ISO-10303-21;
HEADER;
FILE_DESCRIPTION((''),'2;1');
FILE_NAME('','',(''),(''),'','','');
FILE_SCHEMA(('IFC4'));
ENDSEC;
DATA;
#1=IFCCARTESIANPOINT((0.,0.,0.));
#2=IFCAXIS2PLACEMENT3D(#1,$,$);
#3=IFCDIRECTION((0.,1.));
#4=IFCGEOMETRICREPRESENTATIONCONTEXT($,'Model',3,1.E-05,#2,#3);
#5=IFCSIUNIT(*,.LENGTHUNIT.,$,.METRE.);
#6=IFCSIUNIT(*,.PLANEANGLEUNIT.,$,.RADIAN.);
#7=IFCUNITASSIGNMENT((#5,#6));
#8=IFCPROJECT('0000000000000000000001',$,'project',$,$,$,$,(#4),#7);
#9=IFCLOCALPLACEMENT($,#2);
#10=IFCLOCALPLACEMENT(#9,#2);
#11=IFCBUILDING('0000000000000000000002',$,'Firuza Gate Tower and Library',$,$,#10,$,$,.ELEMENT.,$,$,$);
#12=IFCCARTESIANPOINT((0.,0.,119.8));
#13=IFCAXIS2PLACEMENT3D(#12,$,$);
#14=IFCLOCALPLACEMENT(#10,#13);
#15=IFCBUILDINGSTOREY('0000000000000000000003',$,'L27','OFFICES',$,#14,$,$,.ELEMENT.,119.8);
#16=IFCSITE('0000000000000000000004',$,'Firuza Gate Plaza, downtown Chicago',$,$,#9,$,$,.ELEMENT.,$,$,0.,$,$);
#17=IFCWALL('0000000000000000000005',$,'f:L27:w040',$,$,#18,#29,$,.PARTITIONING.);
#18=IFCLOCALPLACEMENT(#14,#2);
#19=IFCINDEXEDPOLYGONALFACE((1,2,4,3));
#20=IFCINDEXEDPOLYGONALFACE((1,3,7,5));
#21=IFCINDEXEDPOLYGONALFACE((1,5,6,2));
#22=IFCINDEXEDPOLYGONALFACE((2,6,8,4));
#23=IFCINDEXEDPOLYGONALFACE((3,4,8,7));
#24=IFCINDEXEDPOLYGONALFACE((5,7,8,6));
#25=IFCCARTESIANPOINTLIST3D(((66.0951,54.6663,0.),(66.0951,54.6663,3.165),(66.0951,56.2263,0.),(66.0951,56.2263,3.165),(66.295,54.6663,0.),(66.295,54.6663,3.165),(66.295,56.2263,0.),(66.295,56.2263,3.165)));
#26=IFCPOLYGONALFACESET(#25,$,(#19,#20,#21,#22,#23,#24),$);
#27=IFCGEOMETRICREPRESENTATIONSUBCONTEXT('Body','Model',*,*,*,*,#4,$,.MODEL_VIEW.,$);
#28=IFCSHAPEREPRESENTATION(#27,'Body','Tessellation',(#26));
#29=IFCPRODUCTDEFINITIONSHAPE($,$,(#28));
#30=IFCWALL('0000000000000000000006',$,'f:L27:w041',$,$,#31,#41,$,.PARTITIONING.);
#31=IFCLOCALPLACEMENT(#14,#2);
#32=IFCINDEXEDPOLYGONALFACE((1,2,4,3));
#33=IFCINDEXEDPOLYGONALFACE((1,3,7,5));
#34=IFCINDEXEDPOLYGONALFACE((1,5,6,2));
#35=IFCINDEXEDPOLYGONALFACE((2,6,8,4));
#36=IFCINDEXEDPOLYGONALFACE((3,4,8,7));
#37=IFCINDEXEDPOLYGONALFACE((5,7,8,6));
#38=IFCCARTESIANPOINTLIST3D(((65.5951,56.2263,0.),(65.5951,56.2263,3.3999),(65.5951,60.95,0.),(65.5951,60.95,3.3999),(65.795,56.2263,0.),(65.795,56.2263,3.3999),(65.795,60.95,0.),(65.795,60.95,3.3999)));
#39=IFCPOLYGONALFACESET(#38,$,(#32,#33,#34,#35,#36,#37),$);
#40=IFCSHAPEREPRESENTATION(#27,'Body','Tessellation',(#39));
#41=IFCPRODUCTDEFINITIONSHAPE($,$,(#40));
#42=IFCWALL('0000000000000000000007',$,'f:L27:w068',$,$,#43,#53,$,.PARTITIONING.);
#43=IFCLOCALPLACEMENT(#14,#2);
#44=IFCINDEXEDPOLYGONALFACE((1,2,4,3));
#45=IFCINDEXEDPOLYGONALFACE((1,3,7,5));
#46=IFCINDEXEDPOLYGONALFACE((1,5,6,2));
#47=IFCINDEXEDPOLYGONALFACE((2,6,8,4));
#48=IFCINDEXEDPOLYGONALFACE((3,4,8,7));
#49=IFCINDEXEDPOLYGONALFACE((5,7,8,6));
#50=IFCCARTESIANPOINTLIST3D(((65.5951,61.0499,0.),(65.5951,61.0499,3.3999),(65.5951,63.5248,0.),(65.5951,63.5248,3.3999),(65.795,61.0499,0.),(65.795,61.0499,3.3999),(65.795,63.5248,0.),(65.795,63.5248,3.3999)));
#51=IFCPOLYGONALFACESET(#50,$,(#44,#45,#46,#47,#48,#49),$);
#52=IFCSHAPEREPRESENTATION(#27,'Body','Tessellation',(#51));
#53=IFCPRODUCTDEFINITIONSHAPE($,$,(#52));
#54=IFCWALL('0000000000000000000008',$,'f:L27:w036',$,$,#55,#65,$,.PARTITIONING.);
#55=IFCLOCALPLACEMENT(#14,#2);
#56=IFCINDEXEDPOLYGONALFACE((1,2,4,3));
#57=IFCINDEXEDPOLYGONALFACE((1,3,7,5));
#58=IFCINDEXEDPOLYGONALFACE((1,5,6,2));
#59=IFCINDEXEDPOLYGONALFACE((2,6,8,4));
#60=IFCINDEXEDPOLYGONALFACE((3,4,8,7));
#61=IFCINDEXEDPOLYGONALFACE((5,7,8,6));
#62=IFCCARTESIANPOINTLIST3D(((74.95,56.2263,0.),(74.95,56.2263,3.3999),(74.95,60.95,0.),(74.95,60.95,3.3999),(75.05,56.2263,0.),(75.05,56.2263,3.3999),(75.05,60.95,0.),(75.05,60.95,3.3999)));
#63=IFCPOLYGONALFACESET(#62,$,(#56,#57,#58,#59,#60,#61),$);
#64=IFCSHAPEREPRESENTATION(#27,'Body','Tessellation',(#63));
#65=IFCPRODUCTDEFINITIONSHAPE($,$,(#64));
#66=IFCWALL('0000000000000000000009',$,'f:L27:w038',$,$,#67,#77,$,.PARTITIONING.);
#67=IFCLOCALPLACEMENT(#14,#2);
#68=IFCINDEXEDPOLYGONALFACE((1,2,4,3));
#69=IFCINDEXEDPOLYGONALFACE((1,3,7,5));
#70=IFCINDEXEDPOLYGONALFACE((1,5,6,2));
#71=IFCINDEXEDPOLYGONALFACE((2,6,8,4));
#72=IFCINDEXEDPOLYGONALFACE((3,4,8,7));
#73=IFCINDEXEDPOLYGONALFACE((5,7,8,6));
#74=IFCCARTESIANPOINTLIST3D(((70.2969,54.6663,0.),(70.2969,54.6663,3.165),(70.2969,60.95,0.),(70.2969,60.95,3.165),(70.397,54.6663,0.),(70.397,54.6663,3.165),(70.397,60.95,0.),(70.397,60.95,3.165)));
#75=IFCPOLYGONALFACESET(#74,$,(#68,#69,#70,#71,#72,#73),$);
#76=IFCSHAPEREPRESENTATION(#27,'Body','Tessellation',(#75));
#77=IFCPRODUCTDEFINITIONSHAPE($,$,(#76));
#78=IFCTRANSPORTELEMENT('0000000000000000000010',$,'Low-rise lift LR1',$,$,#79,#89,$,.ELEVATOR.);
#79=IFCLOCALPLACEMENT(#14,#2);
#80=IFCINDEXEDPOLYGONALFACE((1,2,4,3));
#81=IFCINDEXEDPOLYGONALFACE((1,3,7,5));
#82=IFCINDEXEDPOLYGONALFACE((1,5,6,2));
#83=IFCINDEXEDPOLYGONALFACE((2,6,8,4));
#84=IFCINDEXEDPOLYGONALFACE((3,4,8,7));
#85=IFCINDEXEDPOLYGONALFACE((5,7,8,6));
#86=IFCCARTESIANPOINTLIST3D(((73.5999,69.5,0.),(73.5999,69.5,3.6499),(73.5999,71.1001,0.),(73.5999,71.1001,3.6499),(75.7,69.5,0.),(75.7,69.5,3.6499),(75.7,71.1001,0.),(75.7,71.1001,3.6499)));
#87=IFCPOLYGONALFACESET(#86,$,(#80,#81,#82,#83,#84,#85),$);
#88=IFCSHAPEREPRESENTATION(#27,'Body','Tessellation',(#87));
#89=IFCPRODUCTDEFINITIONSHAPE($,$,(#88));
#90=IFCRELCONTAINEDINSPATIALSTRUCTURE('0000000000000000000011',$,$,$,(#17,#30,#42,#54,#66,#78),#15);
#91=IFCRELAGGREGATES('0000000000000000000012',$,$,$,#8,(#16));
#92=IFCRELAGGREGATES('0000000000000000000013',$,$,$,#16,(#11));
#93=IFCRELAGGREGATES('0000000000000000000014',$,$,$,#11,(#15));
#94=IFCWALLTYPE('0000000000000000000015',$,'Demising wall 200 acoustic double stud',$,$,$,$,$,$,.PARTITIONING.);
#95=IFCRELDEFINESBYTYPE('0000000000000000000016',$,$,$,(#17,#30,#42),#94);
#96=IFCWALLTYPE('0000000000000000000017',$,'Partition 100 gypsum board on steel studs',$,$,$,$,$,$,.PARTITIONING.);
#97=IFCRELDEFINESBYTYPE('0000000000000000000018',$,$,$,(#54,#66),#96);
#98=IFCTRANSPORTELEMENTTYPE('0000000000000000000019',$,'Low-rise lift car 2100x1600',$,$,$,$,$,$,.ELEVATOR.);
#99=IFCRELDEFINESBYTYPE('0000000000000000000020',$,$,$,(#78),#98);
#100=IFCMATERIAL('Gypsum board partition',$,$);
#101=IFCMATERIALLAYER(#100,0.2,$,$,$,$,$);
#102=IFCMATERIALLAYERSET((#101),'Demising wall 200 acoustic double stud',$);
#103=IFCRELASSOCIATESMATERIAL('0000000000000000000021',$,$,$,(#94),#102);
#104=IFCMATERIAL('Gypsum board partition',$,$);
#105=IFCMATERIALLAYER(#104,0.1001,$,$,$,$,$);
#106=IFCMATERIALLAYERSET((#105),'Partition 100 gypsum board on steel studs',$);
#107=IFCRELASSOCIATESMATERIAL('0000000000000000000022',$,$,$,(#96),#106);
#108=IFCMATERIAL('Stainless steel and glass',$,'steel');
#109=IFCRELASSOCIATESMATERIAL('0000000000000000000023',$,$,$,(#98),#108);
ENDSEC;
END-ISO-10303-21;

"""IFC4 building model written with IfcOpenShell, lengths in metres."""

from ifc_helpers import new_model, si_unit, direction, frame, frame_2d, origin, origin_2d, place, context, subcontext, project, spatial, rectangle, extrude, material, layer, layer_set, type_object, element, save


model = new_model("IFC4")

# Units and contexts
model_context = context("Model", 3, precision=1e-05, world=origin(), true_north=direction((0.0, 1.0)))
body_context = subcontext(model_context, "Body", "Model", "MODEL_VIEW")
ifc_project = project(units=[si_unit("LENGTHUNIT", "METRE"), si_unit("PLANEANGLEUNIT", "RADIAN")], contexts=[model_context])

# Site, building, storey
site_placement = place(None, origin())
site = spatial("IfcSite", under=ifc_project, at=site_placement, Name="Firuza Gate Plaza, downtown Chicago", CompositionType="ELEMENT", RefElevation=0.0)
building_placement = place(site_placement, origin())
building = spatial("IfcBuilding", under=site, at=building_placement, Name="Firuza Gate Tower and Library", CompositionType="ELEMENT")
storey_placement = place(building_placement, frame((0.0, 0.0, 119.8)))
storey = spatial("IfcBuildingStorey", under=building, at=storey_placement, Name="L27", Description="OFFICES", CompositionType="ELEMENT", Elevation=119.8)

# Walls
ifc_material_1 = material(Name="Gypsum board partition")
ifc_layer_1 = layer(ifc_material_1, 0.2)
ifc_layer_set_1 = layer_set([ifc_layer_1], Name="Demising wall 200 acoustic double stud")
wall_type_1 = type_object("IfcWallType", Name="Demising wall 200 acoustic double stud", PredefinedType="PARTITIONING", material=ifc_layer_set_1)
wall_1_placement = place(storey_placement, frame((66.1951, 54.6663, 0.0), z_axis=(0.0, 0.0, 1.0), x_axis=(0.0, 1.0, 0.0)))
element("IfcWall", 1, at=wall_1_placement, inside=storey, type_object=wall_type_1, Name="f:L27:w040", PredefinedType="PARTITIONING", context=body_context, shape_type="SweptSolid", body=[
    extrude(rectangle(XDim=1.5601, YDim=0.2, at=frame_2d((0.78, 0.0))), origin(), (0.0, 0.0, 1.0), 3.165),
])
wall_2_placement = place(storey_placement, frame((65.6951, 56.2263, 0.0), z_axis=(0.0, 0.0, 1.0), x_axis=(0.0, 1.0, 0.0)))
element("IfcWall", 2, at=wall_2_placement, inside=storey, type_object=wall_type_1, Name="f:L27:w041", PredefinedType="PARTITIONING", context=body_context, shape_type="SweptSolid", body=[
    extrude(rectangle(XDim=4.7236, YDim=0.2, at=frame_2d((2.3618, 0.0))), origin(), (0.0, 0.0, 1.0), 3.3999),
])
wall_3_placement = place(storey_placement, frame((65.6951, 61.05, 0.0), z_axis=(0.0, 0.0, 1.0), x_axis=(0.0, 1.0, 0.0)))
element("IfcWall", 3, at=wall_3_placement, inside=storey, type_object=wall_type_1, Name="f:L27:w068", PredefinedType="PARTITIONING", context=body_context, shape_type="SweptSolid", body=[
    extrude(rectangle(XDim=2.4749, YDim=0.2, at=frame_2d((1.2373, 0.0))), origin(), (0.0, 0.0, 1.0), 3.3999),
])
ifc_material_2 = material(Name="Gypsum board partition")
ifc_layer_2 = layer(ifc_material_2, 0.1001)
ifc_layer_set_2 = layer_set([ifc_layer_2], Name="Partition 100 gypsum board on steel studs")
wall_type_2 = type_object("IfcWallType", Name="Partition 100 gypsum board on steel studs", PredefinedType="PARTITIONING", material=ifc_layer_set_2)
wall_4_placement = place(storey_placement, frame((75.0, 56.2263, 0.0), z_axis=(0.0, 0.0, 1.0), x_axis=(0.0, 1.0, 0.0)))
element("IfcWall", 4, at=wall_4_placement, inside=storey, type_object=wall_type_2, Name="f:L27:w036", PredefinedType="PARTITIONING", context=body_context, shape_type="SweptSolid", body=[
    extrude(rectangle(XDim=4.7236, YDim=0.1001, at=frame_2d((2.3618, 0.0))), origin(), (0.0, 0.0, 1.0), 3.3999),
])
wall_5_placement = place(storey_placement, frame((70.3469, 54.6663, 0.0), z_axis=(0.0, 0.0, 1.0), x_axis=(0.0, 1.0, 0.0)))
element("IfcWall", 5, at=wall_5_placement, inside=storey, type_object=wall_type_2, Name="f:L27:w038", PredefinedType="PARTITIONING", context=body_context, shape_type="SweptSolid", body=[
    extrude(rectangle(XDim=6.2837, YDim=0.1001, at=frame_2d((3.1418, 0.0))), origin(), (0.0, 0.0, 1.0), 3.165),
])

# Transport element
ifc_material_3 = material(Name="Stainless steel and glass", Category="steel")
transport_element_type = type_object("IfcTransportElementType", Name="Low-rise lift car 2100x1600", PredefinedType="ELEVATOR", material=ifc_material_3)
transport_element_placement = place(storey_placement, frame((74.6499, 70.3, 0.0), z_axis=(0.0, 0.0, 1.0), x_axis=(1.0, 0.0, 0.0)))
element("IfcTransportElement", 6, at=transport_element_placement, inside=storey, type_object=transport_element_type, Name="Low-rise lift LR1", PredefinedType="ELEVATOR", context=body_context, shape_type="SweptSolid", body=[
    extrude(rectangle(XDim=2.1001, YDim=1.6001, at=origin_2d()), origin(), (0.0, 0.0, 1.0), 3.6499),
])

save(model, "model.ifc")
